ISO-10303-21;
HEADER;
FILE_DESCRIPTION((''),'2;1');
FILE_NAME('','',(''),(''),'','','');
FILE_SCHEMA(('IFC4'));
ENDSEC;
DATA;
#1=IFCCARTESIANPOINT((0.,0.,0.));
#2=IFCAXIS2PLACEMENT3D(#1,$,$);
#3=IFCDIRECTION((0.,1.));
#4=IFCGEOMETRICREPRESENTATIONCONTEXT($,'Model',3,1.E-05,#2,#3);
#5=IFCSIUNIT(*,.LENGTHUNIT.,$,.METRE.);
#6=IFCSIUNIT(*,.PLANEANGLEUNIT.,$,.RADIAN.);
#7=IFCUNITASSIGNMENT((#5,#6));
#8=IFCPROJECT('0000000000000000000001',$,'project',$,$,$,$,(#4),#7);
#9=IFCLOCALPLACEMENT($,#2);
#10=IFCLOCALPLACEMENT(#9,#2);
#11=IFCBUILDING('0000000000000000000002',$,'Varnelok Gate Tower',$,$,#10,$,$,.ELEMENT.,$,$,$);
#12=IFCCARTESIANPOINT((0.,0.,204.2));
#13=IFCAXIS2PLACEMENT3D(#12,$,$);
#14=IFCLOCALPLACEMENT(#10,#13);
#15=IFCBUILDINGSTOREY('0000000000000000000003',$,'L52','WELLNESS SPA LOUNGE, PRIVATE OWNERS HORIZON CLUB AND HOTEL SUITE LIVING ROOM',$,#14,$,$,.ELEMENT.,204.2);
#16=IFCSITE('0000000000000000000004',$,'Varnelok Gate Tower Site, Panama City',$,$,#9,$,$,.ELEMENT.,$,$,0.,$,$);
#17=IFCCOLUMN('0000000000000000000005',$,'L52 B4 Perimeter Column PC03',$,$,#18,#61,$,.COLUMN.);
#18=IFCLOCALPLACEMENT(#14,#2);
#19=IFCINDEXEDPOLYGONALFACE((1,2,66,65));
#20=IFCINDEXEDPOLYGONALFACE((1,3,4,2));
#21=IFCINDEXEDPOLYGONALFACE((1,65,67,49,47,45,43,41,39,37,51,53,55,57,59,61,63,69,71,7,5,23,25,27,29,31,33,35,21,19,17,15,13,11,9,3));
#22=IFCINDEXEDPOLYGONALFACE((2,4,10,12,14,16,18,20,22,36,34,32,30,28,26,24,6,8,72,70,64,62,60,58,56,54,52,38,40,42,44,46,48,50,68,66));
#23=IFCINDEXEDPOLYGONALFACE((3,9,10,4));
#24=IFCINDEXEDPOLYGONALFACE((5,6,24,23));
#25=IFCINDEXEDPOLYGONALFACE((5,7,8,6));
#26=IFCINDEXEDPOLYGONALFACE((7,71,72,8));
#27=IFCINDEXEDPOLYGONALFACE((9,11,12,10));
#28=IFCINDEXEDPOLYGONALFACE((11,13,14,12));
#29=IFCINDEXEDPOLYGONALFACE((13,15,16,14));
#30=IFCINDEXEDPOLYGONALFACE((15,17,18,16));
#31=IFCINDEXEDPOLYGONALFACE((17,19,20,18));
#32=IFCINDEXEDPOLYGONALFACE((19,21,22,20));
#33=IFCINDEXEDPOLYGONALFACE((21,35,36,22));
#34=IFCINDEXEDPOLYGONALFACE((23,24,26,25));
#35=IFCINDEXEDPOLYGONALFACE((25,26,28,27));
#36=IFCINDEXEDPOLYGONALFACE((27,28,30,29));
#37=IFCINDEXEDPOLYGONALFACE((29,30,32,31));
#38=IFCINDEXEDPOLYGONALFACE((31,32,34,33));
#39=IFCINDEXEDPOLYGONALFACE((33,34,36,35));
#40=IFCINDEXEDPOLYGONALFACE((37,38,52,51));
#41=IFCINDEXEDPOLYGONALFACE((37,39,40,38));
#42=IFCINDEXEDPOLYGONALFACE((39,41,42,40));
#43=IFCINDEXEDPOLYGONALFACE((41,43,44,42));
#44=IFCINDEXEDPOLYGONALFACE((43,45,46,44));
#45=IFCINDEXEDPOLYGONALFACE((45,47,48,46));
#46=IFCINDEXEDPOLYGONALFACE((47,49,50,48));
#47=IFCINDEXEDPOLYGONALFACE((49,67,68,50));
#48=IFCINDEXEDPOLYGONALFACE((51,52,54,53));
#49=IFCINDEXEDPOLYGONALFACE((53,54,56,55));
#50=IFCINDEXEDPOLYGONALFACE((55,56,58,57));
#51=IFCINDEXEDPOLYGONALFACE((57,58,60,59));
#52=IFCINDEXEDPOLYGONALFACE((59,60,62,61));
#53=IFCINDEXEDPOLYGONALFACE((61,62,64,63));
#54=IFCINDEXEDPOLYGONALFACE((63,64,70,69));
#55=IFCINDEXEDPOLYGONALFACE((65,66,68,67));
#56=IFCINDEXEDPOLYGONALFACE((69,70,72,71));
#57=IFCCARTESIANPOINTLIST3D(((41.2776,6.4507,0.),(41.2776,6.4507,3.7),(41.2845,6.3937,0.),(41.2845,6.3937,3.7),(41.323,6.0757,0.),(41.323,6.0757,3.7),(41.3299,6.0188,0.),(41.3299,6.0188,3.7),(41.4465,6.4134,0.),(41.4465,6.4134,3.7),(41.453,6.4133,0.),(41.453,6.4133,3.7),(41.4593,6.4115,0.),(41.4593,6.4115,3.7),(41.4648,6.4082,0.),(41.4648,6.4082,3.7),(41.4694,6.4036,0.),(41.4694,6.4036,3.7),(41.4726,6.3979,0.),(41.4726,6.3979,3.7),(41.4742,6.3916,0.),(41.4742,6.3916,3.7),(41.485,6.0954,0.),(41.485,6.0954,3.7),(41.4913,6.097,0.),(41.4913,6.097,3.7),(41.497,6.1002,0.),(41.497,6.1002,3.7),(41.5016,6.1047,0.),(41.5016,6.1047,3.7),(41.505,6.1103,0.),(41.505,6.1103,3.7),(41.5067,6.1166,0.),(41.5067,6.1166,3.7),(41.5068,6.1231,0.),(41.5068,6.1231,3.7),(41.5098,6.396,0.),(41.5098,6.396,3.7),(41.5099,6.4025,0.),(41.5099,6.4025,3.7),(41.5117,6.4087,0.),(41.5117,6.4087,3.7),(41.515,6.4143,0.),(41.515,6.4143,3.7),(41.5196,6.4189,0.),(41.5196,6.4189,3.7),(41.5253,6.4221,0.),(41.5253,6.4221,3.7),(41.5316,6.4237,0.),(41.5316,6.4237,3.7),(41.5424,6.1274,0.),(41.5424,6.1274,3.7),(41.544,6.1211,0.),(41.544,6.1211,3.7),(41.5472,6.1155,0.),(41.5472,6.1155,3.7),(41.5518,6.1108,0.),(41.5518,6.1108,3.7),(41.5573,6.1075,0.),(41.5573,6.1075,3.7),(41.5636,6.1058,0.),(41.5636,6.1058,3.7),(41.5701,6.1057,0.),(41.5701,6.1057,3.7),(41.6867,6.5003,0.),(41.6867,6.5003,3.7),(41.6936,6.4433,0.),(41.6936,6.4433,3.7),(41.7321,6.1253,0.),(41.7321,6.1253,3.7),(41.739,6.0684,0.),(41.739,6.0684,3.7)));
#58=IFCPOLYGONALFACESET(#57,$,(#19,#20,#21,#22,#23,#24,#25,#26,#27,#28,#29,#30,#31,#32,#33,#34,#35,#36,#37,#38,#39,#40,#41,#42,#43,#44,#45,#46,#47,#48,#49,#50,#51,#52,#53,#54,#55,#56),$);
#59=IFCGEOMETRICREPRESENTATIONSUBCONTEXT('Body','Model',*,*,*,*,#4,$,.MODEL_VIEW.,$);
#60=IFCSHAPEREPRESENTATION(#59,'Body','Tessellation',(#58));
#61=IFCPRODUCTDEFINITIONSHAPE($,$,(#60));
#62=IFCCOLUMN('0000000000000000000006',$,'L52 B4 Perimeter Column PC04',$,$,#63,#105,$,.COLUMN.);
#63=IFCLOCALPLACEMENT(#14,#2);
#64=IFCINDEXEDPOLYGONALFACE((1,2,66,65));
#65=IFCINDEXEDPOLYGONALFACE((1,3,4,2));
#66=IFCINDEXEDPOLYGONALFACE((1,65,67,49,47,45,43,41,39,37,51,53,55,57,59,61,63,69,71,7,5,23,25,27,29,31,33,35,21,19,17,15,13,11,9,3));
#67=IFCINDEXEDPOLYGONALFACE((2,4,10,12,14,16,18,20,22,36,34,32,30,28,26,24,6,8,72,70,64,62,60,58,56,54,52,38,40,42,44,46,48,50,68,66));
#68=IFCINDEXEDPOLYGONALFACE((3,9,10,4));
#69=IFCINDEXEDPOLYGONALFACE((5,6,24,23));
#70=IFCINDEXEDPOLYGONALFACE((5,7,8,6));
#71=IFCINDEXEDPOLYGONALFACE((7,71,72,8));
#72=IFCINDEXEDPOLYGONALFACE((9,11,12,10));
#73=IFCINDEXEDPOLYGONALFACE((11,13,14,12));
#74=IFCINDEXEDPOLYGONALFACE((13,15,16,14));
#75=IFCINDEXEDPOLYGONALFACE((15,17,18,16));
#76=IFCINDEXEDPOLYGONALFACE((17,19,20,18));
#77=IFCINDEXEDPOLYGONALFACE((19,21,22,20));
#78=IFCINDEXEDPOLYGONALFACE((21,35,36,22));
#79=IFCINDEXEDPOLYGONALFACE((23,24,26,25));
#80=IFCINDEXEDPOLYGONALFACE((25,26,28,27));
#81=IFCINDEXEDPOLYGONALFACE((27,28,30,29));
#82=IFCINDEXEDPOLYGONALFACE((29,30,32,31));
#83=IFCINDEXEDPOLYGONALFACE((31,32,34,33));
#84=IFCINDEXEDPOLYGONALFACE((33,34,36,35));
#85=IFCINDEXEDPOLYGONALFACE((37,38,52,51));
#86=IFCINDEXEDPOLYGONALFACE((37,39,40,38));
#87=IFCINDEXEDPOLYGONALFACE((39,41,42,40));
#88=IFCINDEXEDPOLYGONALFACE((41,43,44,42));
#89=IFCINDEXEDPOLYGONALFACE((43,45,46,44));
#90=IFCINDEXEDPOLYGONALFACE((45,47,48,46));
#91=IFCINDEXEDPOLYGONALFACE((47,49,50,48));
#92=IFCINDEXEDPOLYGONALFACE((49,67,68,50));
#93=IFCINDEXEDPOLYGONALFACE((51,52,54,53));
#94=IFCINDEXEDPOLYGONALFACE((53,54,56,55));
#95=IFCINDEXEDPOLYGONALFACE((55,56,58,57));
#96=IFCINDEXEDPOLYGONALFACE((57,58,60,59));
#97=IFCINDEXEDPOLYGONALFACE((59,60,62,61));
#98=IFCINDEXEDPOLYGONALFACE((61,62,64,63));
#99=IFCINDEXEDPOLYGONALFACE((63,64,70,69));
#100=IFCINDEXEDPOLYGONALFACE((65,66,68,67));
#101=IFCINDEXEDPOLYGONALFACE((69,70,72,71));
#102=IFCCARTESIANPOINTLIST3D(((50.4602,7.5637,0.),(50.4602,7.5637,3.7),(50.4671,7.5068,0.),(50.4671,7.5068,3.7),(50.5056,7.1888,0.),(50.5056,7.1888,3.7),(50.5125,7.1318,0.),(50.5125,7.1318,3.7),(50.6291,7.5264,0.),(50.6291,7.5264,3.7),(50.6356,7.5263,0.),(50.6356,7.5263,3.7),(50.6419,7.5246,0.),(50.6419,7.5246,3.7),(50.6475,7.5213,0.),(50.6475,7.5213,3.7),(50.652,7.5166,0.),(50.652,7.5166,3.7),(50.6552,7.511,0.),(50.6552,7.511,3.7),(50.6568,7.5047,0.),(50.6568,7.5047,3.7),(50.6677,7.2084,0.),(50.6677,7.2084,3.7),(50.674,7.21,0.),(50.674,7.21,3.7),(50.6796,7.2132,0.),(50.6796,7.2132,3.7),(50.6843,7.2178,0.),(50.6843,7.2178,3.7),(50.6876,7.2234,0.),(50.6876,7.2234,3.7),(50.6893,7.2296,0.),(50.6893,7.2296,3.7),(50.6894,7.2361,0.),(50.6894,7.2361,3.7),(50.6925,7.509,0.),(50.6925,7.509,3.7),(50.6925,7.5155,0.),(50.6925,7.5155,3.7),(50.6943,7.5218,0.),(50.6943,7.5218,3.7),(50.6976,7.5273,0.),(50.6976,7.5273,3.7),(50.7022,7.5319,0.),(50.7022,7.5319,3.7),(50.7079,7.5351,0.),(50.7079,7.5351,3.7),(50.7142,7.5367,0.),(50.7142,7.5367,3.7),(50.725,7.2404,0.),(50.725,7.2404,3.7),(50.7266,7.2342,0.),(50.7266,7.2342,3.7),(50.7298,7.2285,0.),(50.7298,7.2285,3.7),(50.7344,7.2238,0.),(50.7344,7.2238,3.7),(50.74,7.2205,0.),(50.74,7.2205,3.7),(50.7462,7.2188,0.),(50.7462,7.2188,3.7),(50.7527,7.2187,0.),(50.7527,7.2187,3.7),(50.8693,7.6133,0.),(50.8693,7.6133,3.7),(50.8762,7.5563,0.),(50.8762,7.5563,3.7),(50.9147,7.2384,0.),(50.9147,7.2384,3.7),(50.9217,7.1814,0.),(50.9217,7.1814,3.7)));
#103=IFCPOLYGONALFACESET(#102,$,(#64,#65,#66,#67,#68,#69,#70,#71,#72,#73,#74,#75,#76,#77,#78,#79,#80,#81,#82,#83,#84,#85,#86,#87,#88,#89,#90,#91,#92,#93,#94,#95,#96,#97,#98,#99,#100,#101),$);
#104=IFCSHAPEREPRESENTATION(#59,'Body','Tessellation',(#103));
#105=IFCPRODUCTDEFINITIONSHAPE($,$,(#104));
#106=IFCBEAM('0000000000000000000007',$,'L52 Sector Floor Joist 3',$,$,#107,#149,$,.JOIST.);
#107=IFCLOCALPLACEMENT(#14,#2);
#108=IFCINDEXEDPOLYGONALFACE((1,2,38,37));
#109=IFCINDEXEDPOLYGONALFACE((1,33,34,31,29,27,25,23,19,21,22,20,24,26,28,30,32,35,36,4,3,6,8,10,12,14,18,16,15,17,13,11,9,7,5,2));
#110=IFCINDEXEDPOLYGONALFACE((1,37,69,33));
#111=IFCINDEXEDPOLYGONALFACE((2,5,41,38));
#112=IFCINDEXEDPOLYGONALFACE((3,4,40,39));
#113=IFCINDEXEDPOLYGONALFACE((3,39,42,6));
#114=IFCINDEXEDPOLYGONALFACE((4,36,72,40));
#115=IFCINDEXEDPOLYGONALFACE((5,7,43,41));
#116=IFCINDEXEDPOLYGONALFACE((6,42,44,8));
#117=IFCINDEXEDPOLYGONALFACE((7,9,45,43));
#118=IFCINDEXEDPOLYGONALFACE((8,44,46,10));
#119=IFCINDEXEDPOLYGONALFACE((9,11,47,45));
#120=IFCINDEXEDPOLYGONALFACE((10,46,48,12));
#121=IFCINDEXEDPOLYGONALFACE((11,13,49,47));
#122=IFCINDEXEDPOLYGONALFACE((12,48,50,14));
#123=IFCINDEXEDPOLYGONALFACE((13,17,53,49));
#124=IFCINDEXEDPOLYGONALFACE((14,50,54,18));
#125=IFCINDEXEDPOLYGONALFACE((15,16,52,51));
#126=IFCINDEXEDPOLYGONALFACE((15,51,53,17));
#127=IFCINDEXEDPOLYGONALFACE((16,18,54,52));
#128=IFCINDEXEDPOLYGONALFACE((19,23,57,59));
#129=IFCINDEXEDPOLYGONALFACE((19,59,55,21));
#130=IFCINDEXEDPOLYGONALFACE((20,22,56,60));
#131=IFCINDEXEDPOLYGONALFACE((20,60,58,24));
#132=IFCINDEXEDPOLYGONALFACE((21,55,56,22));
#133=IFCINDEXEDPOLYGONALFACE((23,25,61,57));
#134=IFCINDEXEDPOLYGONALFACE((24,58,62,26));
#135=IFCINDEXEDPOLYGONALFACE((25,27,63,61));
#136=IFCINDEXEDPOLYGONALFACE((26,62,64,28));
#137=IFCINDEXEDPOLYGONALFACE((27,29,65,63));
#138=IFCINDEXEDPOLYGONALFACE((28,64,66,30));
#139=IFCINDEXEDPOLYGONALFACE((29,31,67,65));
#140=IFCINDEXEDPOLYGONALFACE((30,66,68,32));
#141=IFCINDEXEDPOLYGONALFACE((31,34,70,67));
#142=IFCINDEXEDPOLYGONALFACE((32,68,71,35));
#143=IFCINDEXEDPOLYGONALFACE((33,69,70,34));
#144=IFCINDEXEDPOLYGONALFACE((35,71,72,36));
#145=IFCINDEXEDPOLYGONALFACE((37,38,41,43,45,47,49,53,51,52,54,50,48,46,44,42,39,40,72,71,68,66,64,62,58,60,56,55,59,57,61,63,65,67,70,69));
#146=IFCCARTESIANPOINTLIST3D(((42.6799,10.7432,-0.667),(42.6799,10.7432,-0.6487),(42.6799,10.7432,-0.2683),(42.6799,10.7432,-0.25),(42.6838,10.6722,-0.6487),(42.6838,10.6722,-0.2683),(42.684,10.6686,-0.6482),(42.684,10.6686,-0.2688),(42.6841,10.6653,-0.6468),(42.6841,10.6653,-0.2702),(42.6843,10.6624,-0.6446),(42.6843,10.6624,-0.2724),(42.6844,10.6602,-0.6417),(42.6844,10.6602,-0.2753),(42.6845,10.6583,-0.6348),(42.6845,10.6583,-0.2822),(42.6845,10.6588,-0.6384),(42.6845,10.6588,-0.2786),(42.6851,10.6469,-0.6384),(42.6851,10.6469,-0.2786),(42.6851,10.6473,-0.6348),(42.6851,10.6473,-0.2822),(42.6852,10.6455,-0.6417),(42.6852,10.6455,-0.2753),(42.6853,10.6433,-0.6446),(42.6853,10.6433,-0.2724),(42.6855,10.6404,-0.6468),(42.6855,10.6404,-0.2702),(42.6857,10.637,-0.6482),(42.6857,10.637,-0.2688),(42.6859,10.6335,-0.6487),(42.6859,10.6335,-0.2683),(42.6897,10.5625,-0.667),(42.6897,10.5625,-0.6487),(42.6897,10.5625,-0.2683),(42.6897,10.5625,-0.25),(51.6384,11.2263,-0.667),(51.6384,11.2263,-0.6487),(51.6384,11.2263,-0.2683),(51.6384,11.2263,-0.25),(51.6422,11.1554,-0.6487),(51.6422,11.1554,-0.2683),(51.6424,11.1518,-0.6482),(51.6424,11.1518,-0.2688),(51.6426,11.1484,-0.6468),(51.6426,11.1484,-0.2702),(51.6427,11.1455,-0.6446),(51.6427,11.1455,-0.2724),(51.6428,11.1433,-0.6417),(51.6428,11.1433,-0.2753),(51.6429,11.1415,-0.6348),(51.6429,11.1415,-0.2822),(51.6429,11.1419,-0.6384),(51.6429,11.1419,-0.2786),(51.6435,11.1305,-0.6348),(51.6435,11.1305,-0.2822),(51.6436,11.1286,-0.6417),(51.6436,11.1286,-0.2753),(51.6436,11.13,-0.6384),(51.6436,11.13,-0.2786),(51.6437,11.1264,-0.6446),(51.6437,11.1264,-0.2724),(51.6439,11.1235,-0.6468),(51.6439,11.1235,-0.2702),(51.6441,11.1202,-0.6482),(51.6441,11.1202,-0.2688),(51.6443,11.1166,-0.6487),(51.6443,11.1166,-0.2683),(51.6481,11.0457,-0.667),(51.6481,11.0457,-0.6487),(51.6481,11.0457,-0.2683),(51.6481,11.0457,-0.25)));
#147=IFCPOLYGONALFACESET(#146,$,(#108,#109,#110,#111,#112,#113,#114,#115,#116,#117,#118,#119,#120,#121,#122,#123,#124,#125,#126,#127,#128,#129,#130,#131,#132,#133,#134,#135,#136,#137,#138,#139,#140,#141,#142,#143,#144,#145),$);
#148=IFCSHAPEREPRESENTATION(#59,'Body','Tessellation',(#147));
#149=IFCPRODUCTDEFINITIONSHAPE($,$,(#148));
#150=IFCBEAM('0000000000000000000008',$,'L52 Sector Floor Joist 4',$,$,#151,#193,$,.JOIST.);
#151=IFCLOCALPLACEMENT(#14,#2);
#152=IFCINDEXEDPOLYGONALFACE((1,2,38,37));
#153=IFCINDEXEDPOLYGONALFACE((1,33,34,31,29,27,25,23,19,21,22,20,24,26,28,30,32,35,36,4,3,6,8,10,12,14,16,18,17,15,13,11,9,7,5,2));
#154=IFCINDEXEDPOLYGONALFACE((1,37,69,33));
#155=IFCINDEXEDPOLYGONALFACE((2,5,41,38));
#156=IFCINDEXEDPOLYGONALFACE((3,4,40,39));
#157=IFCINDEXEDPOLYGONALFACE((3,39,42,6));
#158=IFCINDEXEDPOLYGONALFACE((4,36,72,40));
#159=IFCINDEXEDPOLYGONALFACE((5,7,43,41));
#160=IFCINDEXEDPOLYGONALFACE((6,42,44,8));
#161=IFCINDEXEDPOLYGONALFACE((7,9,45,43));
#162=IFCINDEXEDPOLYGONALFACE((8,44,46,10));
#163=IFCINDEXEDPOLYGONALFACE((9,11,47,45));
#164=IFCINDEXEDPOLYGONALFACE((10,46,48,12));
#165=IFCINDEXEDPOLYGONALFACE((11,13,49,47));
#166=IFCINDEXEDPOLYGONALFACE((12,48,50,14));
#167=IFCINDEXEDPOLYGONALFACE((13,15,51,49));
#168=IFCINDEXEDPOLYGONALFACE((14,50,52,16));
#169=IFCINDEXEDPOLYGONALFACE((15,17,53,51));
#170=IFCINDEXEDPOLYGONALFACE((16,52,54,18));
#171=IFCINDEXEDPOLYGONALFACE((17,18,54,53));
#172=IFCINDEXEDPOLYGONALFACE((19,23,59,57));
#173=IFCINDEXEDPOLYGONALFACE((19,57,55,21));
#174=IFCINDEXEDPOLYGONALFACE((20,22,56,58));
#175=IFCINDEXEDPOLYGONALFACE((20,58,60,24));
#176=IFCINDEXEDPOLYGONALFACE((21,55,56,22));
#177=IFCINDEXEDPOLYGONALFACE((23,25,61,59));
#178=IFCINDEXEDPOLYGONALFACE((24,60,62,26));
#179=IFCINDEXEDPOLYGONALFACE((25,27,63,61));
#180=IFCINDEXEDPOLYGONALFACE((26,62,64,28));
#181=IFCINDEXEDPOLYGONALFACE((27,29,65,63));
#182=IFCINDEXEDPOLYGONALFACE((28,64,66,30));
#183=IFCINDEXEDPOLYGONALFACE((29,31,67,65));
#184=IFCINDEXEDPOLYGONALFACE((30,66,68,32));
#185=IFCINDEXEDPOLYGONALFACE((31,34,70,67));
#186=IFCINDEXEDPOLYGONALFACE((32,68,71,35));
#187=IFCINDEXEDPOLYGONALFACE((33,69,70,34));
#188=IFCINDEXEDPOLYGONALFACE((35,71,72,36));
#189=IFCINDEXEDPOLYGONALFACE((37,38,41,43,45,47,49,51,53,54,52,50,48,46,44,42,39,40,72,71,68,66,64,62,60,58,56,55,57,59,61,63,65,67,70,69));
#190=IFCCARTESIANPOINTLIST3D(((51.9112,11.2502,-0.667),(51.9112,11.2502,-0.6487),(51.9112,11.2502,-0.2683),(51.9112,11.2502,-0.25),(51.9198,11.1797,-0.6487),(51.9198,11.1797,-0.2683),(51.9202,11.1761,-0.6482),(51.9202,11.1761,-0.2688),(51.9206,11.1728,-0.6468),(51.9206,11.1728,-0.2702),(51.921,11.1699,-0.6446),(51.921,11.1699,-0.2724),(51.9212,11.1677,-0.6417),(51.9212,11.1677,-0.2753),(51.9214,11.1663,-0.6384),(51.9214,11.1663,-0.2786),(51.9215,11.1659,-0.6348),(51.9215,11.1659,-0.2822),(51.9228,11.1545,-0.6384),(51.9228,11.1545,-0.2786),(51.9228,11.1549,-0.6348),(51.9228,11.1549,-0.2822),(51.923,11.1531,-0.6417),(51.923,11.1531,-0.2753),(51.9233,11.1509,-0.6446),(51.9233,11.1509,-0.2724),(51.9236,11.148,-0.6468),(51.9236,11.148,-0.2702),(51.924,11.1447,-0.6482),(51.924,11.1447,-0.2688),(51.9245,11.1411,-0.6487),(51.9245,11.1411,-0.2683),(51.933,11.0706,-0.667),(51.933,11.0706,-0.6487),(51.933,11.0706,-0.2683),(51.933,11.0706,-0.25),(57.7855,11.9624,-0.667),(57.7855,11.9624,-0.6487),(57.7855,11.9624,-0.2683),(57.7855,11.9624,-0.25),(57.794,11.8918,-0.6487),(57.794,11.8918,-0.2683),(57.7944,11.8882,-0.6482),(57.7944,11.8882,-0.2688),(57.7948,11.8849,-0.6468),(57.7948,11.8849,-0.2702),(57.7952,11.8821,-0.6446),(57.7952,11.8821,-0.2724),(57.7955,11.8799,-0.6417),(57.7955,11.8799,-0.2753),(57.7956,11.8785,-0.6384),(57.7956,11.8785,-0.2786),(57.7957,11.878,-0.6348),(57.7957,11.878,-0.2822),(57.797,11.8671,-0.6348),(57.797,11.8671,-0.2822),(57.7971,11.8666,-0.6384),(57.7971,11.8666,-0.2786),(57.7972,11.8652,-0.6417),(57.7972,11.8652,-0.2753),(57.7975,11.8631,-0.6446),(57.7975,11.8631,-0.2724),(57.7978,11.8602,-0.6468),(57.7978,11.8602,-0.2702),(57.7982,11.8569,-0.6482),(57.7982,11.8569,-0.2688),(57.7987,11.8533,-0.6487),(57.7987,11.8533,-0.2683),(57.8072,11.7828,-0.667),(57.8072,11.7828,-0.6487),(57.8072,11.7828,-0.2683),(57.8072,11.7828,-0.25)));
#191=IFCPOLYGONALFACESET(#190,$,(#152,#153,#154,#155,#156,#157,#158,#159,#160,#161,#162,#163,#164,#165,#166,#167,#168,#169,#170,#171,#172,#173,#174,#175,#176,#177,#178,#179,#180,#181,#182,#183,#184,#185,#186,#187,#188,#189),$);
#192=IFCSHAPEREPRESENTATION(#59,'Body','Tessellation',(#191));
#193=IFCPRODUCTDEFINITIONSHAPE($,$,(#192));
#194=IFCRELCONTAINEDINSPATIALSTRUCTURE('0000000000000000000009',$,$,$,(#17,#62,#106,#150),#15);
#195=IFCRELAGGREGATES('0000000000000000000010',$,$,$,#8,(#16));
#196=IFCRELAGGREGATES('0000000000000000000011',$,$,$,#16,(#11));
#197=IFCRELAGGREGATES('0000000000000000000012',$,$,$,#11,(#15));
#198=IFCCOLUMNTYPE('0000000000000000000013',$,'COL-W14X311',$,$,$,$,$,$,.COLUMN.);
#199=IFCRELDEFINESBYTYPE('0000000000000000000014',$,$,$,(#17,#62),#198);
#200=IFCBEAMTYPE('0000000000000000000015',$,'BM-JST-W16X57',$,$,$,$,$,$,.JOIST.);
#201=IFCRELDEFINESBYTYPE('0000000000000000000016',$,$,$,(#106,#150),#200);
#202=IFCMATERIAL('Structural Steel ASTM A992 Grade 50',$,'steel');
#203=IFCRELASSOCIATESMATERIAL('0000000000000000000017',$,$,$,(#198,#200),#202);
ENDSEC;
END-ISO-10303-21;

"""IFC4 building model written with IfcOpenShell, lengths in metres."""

from ifc_helpers import new_model, si_unit, direction, frame, origin, origin_2d, place, context, subcontext, project, spatial, i_section, extrude, material, material_profile, profile_set, type_object, element, save


model = new_model("IFC4")

# Units and contexts
model_context = context("Model", 3, precision=1e-05, world=origin(), true_north=direction((0.0, 1.0)))
body_context = subcontext(model_context, "Body", "Model", "MODEL_VIEW")
ifc_project = project(units=[si_unit("LENGTHUNIT", "METRE"), si_unit("PLANEANGLEUNIT", "RADIAN")], contexts=[model_context])

# Site, building, storey
site_placement = place(None, origin())
site = spatial("IfcSite", under=ifc_project, at=site_placement, Name="Varnelok Gate Tower Site, Panama City", CompositionType="ELEMENT", RefElevation=0.0)
building_placement = place(site_placement, origin())
building = spatial("IfcBuilding", under=site, at=building_placement, Name="Varnelok Gate Tower", CompositionType="ELEMENT")
storey_placement = place(building_placement, frame((0.0, 0.0, 204.2)))
storey = spatial("IfcBuildingStorey", under=building, at=storey_placement, Name="L52", Description="WELLNESS SPA LOUNGE, PRIVATE OWNERS HORIZON CLUB AND HOTEL SUITE LIVING ROOM", CompositionType="ELEMENT", Elevation=204.2)

# Columns
ifc_material_1 = material(Name="Structural Steel ASTM A992 Grade 50", Category="steel")
ifc_material_profile_1 = material_profile(ifc_material_1, i_section(OverallWidth=0.4121, OverallDepth=0.4351, WebThickness=0.0359, FlangeThickness=0.0574, FilletRadius=0.0249, at=origin_2d()), Name="W14X311")
ifc_profile_set_1 = profile_set([ifc_material_profile_1], Name="Structural Steel ASTM A992 Grade 50")
column_type = type_object("IfcColumnType", Name="COL-W14X311", PredefinedType="COLUMN", material=ifc_profile_set_1)
for number, where, z_axis, x_axis, name in (
    (1, (41.5083, 6.2595, 0.0), (0.0, 0.0, 1.0), (0.992732, 0.120345, 0.0), "L52 B4 Perimeter Column PC03"),
    (2, (50.6909, 7.3726, 0.0), (0.0, 0.0, 1.0), (0.992732, 0.120345, 0.0), "L52 B4 Perimeter Column PC04"),
):
    element("IfcColumn", number, at=place(storey_placement, frame(where, z_axis=z_axis, x_axis=x_axis)), inside=storey, type_object=column_type, Name=name, PredefinedType="COLUMN", context=body_context, shape_type="SweptSolid", body=[
        extrude(i_section(OverallWidth=0.4121, OverallDepth=0.4351, WebThickness=0.0359, FlangeThickness=0.0574, FilletRadius=0.0249, at=origin_2d()), origin(), (0.0, 0.0, 1.0), 3.7),
    ])

# Beams
ifc_material_profile_2 = material_profile(ifc_material_1, i_section(OverallWidth=0.1809, OverallDepth=0.417, WebThickness=0.011, FlangeThickness=0.0183, FilletRadius=0.0139, at=origin_2d()), Name="W16X57")
ifc_profile_set_2 = profile_set([ifc_material_profile_2], Name="Structural Steel ASTM A992 Grade 50")
beam_type_1 = type_object("IfcBeamType", Name="BM-JST-W16X57", PredefinedType="JOIST", material=ifc_profile_set_2)
beam_1_placement = place(storey_placement, frame((42.6848, 10.6528, -0.4585), z_axis=(0.998549, 0.053854, 0.0), x_axis=(-0.053854, 0.998549, 0.0)))
element("IfcBeam", 3, at=beam_1_placement, inside=storey, type_object=beam_type_1, Name="L52 Sector Floor Joist 3", PredefinedType="JOIST", context=body_context, shape_type="SweptSolid", body=[
    extrude(i_section(OverallWidth=0.1809, OverallDepth=0.417, WebThickness=0.011, FlangeThickness=0.0183, FilletRadius=0.0139, at=origin_2d()), origin(), (0.0, 0.0, 1.0), 8.9714),
])
beam_2_placement = place(storey_placement, frame((51.9221, 11.1604, -0.4585), z_axis=(0.992731, 0.120352, 0.0), x_axis=(-0.120352, 0.992731, 0.0)))
element("IfcBeam", 4, at=beam_2_placement, inside=storey, type_object=beam_type_1, Name="L52 Sector Floor Joist 4", PredefinedType="JOIST", context=body_context, shape_type="SweptSolid", body=[
    extrude(i_section(OverallWidth=0.1809, OverallDepth=0.417, WebThickness=0.011, FlangeThickness=0.0183, FilletRadius=0.0139, at=origin_2d()), origin(), (0.0, 0.0, 1.0), 5.9172),
])

save(model, "model.ifc")
